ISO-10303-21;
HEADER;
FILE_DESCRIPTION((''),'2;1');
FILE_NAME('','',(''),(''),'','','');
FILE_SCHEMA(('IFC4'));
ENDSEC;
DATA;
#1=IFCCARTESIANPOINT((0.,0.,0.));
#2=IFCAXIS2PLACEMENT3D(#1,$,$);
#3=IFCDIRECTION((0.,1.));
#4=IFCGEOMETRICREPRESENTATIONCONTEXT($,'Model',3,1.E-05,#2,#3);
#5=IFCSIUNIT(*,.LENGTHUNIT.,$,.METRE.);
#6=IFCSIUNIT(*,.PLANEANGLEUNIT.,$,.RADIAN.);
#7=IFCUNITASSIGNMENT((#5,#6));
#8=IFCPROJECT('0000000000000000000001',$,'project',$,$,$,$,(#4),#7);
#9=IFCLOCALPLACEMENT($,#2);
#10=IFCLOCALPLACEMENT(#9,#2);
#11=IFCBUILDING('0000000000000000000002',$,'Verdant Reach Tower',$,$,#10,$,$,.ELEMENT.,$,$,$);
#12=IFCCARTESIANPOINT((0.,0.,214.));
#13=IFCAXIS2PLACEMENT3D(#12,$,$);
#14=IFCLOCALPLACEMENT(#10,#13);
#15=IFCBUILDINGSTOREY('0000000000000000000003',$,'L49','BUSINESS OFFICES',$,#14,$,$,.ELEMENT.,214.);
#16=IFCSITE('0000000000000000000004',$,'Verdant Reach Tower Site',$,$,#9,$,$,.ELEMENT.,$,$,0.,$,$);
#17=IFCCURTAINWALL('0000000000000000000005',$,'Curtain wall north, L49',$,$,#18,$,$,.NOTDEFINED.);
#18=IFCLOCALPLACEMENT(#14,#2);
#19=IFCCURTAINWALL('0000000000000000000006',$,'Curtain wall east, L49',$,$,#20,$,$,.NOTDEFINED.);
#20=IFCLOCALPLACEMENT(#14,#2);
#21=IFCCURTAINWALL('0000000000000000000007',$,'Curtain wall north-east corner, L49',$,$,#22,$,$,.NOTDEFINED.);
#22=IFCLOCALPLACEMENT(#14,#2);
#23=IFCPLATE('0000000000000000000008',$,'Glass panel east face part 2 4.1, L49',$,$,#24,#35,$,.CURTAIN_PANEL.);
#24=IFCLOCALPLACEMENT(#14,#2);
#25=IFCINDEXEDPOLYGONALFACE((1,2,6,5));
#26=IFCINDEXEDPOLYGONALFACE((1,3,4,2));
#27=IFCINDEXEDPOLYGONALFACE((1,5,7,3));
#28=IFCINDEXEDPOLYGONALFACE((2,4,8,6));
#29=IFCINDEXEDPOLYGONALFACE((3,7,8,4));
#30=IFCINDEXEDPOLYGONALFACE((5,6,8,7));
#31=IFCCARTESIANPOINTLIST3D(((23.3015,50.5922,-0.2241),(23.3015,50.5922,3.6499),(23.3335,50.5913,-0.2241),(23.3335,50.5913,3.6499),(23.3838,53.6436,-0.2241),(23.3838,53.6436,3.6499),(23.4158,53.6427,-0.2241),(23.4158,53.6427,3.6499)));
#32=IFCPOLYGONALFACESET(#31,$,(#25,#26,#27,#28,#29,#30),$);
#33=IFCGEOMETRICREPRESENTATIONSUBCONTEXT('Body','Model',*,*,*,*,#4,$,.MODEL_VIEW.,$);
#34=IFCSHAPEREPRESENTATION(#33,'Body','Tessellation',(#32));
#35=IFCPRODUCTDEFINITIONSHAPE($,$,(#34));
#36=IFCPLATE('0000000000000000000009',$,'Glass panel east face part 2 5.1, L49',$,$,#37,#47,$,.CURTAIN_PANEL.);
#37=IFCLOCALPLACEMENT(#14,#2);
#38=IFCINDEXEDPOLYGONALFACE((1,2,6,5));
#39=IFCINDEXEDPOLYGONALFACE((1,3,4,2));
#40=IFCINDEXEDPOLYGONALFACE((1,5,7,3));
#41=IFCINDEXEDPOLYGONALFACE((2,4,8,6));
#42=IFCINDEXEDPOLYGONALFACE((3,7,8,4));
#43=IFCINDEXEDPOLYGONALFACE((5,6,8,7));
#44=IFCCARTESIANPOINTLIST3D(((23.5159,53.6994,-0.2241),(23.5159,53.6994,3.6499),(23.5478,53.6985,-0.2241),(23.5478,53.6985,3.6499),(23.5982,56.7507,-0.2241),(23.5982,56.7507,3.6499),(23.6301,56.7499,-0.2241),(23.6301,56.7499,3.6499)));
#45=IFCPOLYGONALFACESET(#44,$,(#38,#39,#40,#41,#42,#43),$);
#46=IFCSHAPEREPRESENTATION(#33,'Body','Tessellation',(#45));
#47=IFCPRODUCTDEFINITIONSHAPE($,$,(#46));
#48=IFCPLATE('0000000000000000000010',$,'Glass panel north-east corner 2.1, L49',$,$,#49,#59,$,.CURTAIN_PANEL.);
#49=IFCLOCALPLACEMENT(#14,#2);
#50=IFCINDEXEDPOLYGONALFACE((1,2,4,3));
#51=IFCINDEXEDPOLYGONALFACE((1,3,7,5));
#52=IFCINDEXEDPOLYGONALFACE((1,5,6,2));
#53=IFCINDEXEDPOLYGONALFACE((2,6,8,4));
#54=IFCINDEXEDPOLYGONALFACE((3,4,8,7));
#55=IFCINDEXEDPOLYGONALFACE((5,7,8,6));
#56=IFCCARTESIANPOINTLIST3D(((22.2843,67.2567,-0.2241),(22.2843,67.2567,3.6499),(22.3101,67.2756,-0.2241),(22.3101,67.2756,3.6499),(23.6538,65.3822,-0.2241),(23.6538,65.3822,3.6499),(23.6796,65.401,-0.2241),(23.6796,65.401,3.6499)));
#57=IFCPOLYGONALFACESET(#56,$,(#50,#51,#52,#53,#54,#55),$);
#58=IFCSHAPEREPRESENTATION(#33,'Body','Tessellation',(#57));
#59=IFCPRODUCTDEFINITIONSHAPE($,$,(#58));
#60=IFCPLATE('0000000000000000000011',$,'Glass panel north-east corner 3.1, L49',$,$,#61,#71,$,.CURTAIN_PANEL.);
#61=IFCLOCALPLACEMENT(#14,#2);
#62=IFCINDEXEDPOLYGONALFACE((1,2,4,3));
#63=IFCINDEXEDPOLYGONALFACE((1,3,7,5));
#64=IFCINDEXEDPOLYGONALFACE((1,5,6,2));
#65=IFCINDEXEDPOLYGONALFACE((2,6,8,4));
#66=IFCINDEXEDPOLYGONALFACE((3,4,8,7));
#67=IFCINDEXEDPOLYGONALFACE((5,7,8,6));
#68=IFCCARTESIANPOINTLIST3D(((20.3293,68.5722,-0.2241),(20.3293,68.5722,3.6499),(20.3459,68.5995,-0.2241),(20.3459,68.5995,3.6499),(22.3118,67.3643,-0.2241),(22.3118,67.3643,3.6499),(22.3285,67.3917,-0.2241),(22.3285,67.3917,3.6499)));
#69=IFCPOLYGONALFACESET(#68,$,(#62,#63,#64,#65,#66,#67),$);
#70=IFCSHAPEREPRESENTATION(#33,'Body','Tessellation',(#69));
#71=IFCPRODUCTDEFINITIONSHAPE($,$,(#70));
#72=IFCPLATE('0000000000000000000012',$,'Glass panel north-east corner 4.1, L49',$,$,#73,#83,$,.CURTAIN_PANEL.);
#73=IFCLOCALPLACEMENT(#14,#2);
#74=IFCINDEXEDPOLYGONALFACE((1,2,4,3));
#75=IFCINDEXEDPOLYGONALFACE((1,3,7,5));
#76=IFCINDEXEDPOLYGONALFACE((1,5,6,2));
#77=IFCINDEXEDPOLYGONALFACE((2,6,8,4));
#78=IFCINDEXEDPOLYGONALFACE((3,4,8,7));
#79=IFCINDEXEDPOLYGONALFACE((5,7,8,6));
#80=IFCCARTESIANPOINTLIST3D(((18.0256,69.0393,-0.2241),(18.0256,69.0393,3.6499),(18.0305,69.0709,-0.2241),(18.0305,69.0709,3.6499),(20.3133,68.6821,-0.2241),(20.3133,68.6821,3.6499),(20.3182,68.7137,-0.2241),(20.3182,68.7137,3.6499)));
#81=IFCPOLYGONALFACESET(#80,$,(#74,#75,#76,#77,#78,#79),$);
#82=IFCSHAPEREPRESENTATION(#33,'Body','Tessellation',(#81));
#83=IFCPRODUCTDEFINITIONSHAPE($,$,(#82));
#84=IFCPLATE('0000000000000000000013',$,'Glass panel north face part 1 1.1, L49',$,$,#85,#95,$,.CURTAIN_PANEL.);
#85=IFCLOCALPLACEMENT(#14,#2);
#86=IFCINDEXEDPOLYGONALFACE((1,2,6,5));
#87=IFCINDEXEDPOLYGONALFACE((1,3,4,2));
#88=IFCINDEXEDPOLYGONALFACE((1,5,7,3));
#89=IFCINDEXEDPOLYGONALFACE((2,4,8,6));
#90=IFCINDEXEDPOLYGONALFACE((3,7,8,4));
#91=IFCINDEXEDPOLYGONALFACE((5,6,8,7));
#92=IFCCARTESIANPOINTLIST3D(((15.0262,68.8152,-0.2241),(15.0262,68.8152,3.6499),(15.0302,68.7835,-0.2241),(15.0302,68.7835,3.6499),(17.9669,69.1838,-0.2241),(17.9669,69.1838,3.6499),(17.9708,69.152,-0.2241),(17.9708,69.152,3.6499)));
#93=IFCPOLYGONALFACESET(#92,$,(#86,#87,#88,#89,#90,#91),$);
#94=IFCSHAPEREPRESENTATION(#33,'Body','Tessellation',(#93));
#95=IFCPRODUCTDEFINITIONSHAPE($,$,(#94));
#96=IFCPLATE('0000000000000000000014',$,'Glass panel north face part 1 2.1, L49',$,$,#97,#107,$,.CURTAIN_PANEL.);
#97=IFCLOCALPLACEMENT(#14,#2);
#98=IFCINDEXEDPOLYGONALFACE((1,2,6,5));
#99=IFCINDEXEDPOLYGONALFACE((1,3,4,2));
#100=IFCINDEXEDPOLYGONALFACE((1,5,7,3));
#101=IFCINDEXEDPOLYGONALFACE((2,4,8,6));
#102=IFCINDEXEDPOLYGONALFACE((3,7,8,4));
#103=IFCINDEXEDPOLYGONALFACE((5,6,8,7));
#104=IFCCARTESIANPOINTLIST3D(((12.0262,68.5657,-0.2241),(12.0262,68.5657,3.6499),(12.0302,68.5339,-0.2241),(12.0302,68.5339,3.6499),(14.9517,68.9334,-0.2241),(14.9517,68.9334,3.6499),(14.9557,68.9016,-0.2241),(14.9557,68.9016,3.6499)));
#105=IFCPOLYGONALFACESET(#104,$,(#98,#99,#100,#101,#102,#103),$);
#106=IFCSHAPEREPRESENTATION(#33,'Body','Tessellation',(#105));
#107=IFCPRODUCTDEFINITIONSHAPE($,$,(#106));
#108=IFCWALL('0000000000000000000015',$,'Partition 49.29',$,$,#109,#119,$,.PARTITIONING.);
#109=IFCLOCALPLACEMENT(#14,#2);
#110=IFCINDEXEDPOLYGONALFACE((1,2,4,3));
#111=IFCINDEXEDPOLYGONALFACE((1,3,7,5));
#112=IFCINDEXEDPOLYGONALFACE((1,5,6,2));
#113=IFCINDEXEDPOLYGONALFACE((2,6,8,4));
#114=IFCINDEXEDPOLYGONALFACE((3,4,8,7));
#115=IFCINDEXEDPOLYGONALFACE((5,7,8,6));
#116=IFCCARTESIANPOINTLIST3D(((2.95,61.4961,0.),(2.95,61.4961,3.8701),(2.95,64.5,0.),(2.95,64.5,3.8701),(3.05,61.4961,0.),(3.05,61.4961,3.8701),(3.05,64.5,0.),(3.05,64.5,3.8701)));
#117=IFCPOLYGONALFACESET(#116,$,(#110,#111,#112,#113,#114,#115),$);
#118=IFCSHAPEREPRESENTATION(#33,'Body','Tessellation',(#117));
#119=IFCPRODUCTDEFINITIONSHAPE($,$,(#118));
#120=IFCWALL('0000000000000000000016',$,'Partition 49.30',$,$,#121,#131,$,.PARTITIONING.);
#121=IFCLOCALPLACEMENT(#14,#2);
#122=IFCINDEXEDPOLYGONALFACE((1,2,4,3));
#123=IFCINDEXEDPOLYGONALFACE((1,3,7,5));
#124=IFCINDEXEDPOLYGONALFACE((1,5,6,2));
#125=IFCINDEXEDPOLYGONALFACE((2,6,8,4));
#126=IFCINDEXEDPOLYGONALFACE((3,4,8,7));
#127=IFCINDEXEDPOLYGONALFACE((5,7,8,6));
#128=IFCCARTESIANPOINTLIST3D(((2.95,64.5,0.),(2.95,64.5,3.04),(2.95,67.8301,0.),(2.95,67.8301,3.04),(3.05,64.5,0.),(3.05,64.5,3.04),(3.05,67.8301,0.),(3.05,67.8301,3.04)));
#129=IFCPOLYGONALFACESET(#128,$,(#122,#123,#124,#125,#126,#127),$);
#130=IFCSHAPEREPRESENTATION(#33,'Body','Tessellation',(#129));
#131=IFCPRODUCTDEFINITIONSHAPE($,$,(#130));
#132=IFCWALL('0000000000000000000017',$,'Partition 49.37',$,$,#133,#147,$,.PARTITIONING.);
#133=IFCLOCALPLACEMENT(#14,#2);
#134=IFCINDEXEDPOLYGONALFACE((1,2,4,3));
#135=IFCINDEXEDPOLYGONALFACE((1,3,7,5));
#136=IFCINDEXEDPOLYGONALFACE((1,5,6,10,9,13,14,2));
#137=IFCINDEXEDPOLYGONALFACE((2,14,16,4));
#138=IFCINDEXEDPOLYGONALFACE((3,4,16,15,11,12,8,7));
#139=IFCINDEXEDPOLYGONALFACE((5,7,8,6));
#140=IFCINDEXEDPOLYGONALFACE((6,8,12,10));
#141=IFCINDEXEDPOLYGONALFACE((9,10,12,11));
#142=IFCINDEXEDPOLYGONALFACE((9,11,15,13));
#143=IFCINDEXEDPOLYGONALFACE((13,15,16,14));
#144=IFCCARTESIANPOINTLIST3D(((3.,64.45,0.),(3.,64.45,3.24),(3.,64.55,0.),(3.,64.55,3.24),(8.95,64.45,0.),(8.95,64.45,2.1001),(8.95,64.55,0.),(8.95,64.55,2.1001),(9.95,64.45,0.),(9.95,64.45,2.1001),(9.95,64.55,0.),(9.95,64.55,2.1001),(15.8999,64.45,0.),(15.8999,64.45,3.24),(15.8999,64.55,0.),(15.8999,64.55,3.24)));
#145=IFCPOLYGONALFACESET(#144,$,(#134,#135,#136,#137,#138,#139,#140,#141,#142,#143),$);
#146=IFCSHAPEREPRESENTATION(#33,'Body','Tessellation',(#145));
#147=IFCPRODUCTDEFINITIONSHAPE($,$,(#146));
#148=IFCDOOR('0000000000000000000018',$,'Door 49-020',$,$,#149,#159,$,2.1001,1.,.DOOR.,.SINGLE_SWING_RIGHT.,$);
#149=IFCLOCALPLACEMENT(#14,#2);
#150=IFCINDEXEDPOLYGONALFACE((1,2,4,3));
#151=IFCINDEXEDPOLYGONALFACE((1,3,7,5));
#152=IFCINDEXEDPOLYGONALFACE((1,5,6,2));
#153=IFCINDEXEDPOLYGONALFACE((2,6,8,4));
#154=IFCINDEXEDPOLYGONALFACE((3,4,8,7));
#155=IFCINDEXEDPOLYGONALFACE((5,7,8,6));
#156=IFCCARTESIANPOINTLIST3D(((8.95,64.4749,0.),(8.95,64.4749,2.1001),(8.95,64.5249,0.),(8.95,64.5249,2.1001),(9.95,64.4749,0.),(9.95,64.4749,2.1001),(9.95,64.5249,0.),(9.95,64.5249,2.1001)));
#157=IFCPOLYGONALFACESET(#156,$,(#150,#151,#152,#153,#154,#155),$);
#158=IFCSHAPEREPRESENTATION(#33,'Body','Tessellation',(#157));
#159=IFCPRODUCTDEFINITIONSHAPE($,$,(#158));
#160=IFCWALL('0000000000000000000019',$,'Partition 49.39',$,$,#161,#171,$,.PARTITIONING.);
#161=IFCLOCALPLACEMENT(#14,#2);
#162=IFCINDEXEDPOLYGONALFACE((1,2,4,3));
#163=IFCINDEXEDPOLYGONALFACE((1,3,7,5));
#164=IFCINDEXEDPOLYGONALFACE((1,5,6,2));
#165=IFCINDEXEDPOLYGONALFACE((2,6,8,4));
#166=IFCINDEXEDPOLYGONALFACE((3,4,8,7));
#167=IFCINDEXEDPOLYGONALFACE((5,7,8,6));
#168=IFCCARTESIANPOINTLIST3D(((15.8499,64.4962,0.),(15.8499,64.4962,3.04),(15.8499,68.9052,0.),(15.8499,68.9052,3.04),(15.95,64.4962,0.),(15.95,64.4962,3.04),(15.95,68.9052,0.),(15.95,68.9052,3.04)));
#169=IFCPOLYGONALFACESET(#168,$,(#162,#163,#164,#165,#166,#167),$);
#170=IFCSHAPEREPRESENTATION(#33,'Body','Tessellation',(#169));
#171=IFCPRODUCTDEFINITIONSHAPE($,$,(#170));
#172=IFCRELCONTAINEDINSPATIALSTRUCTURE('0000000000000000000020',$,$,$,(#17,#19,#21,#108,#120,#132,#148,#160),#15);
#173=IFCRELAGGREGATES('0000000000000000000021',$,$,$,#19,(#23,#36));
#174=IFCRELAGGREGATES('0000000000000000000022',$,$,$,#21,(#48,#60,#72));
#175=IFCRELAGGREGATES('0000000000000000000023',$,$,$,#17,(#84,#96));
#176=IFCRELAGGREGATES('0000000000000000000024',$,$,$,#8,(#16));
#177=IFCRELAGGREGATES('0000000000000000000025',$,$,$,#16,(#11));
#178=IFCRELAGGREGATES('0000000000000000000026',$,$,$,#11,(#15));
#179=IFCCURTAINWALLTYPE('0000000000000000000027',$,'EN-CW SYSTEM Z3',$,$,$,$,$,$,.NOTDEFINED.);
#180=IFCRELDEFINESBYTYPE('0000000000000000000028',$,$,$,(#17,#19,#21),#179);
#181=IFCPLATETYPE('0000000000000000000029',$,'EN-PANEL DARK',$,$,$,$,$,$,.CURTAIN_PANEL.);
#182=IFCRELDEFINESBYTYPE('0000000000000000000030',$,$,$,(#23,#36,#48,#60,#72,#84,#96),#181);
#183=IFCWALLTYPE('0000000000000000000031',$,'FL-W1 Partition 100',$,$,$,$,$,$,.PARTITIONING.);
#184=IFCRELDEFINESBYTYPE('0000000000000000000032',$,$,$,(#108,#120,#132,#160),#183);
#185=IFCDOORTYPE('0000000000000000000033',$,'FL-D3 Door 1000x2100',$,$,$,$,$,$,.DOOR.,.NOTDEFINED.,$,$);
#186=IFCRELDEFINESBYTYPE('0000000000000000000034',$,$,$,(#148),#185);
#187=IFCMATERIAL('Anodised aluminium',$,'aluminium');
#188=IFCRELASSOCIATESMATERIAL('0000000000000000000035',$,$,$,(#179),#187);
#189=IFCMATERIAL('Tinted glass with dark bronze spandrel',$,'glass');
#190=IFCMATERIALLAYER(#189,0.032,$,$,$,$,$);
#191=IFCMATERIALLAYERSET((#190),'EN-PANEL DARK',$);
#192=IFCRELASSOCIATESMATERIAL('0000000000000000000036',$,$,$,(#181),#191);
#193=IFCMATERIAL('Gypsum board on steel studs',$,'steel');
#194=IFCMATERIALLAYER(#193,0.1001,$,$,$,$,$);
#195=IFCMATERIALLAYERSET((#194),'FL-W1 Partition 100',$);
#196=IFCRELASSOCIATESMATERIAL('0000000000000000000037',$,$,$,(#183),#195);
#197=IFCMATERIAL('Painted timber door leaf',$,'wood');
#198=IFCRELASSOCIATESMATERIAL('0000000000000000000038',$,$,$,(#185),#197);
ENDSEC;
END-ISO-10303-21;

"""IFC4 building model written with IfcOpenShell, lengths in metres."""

from ifc_helpers import new_model, si_unit, direction, frame, frame_2d, origin, origin_2d, place, context, subcontext, project, spatial, rectangle, extrude, material, layer, layer_set, type_object, element, fill, aggregate, save


model = new_model("IFC4")

# Units and contexts
model_context = context("Model", 3, precision=1e-05, world=origin(), true_north=direction((0.0, 1.0)))
body_context = subcontext(model_context, "Body", "Model", "MODEL_VIEW")
ifc_project = project(units=[si_unit("LENGTHUNIT", "METRE"), si_unit("PLANEANGLEUNIT", "RADIAN")], contexts=[model_context])

# Site, building, storey
site_placement = place(None, origin())
site = spatial("IfcSite", under=ifc_project, at=site_placement, Name="Verdant Reach Tower Site", CompositionType="ELEMENT", RefElevation=0.0)
building_placement = place(site_placement, origin())
building = spatial("IfcBuilding", under=site, at=building_placement, Name="Verdant Reach Tower", CompositionType="ELEMENT")
storey_placement = place(building_placement, frame((0.0, 0.0, 214.0)))
storey = spatial("IfcBuildingStorey", under=building, at=storey_placement, Name="L49", Description="BUSINESS OFFICES", CompositionType="ELEMENT", Elevation=214.0)

# Curtain wall
ifc_material_1 = material(Name="Anodised aluminium", Category="aluminium")
curtain_wall_type = type_object("IfcCurtainWallType", Name="EN-CW SYSTEM Z3", PredefinedType="NOTDEFINED", material=ifc_material_1)
curtain_wall_1_placement = place(storey_placement, origin())
curtain_wall_1 = element("IfcCurtainWall", 1, at=curtain_wall_1_placement, inside=storey, type_object=curtain_wall_type, Name="Curtain wall north, L49", PredefinedType="NOTDEFINED")

# Curtain wall
curtain_wall_2_placement = place(storey_placement, origin())
curtain_wall_2 = element("IfcCurtainWall", 2, at=curtain_wall_2_placement, inside=storey, type_object=curtain_wall_type, Name="Curtain wall east, L49", PredefinedType="NOTDEFINED")

# Curtain wall
curtain_wall_3_placement = place(storey_placement, origin())
curtain_wall_3 = element("IfcCurtainWall", 3, at=curtain_wall_3_placement, inside=storey, type_object=curtain_wall_type, Name="Curtain wall north-east corner, L49", PredefinedType="NOTDEFINED")

# Plates
ifc_material_2 = material(Name="Tinted glass with dark bronze spandrel", Category="glass")
ifc_layer_1 = layer(ifc_material_2, 0.032)
ifc_layer_set_1 = layer_set([ifc_layer_1], Name="EN-PANEL DARK")
plate_type_1 = type_object("IfcPlateType", Name="EN-PANEL DARK", PredefinedType="CURTAIN_PANEL", material=ifc_layer_set_1)
plate_1_placement = place(storey_placement, frame((23.3586, 52.1174, -0.2241), z_axis=(0.0, 0.0, 1.0), x_axis=(0.026965, 0.999636, 0.0)))
plate_1 = element("IfcPlate", 4, at=plate_1_placement, type_object=plate_type_1, Name="Glass panel east face part 2 4.1, L49", PredefinedType="CURTAIN_PANEL", context=body_context, shape_type="SweptSolid", body=[
    extrude(rectangle(XDim=3.0525, YDim=0.032, at=origin_2d()), origin(), (0.0, 0.0, 1.0), 3.874),
])
plate_2_placement = place(storey_placement, frame((23.573, 55.2246, -0.2241), z_axis=(0.0, 0.0, 1.0), x_axis=(0.026965, 0.999636, 0.0)))
plate_2 = element("IfcPlate", 5, at=plate_2_placement, type_object=plate_type_1, Name="Glass panel east face part 2 5.1, L49", PredefinedType="CURTAIN_PANEL", context=body_context, shape_type="SweptSolid", body=[
    extrude(rectangle(XDim=3.0525, YDim=0.032, at=origin_2d()), origin(), (0.0, 0.0, 1.0), 3.874),
])
aggregate(curtain_wall_2, [plate_1, plate_2])
plate_3_placement = place(storey_placement, frame((22.9819, 66.3289, -0.2241), z_axis=(0.0, 0.0, 1.0), x_axis=(-0.589927, 0.807457, 0.0)))
plate_3 = element("IfcPlate", 6, at=plate_3_placement, type_object=plate_type_1, Name="Glass panel north-east corner 2.1, L49", PredefinedType="CURTAIN_PANEL", context=body_context, shape_type="SweptSolid", body=[
    extrude(rectangle(XDim=2.3215, YDim=0.032, at=origin_2d()), origin(), (0.0, 0.0, 1.0), 3.874),
])
plate_4_placement = place(storey_placement, frame((21.3289, 67.9819, -0.2241), z_axis=(0.0, 0.0, 1.0), x_axis=(-0.853989, 0.520292, 0.0)))
plate_4 = element("IfcPlate", 7, at=plate_4_placement, type_object=plate_type_1, Name="Glass panel north-east corner 3.1, L49", PredefinedType="CURTAIN_PANEL", context=body_context, shape_type="SweptSolid", body=[
    extrude(rectangle(XDim=2.3215, YDim=0.032, at=origin_2d()), origin(), (0.0, 0.0, 1.0), 3.874),
])
plate_5_placement = place(storey_placement, frame((19.1719, 68.8765, -0.2241), z_axis=(0.0, 0.0, 1.0), x_axis=(-0.988029, 0.154268, 0.0)))
plate_5 = element("IfcPlate", 8, at=plate_5_placement, type_object=plate_type_1, Name="Glass panel north-east corner 4.1, L49", PredefinedType="CURTAIN_PANEL", context=body_context, shape_type="SweptSolid", body=[
    extrude(rectangle(XDim=2.3154, YDim=0.032, at=origin_2d()), origin(), (0.0, 0.0, 1.0), 3.874),
])
aggregate(curtain_wall_3, [plate_3, plate_4, plate_5])
plate_6_placement = place(storey_placement, frame((16.4985, 68.9836, -0.2241), z_axis=(0.0, 0.0, 1.0), x_axis=(-0.992238, -0.124355, 0.0)))
plate_6 = element("IfcPlate", 9, at=plate_6_placement, type_object=plate_type_1, Name="Glass panel north face part 1 1.1, L49", PredefinedType="CURTAIN_PANEL", context=body_context, shape_type="SweptSolid", body=[
    extrude(rectangle(XDim=2.9636, YDim=0.032, at=origin_2d()), origin(), (0.0, 0.0, 1.0), 3.874),
])
plate_7_placement = place(storey_placement, frame((13.491, 68.7336, -0.2241), z_axis=(0.0, 0.0, 1.0), x_axis=(-0.992194, -0.124704, 0.0)))
plate_7 = element("IfcPlate", 10, at=plate_7_placement, type_object=plate_type_1, Name="Glass panel north face part 1 2.1, L49", PredefinedType="CURTAIN_PANEL", context=body_context, shape_type="SweptSolid", body=[
    extrude(rectangle(XDim=2.9485, YDim=0.032, at=origin_2d()), origin(), (0.0, 0.0, 1.0), 3.874),
])
aggregate(curtain_wall_1, [plate_6, plate_7])

# Walls
ifc_material_3 = material(Name="Gypsum board on steel studs", Category="steel")
ifc_layer_2 = layer(ifc_material_3, 0.1001)
ifc_layer_set_2 = layer_set([ifc_layer_2], Name="FL-W1 Partition 100")
wall_type = type_object("IfcWallType", Name="FL-W1 Partition 100", PredefinedType="PARTITIONING", material=ifc_layer_set_2)
wall_1_placement = place(storey_placement, frame((3.0, 61.4961, 0.0), z_axis=(0.0, 0.0, 1.0), x_axis=(0.0, 1.0, 0.0)))
element("IfcWall", 11, at=wall_1_placement, inside=storey, type_object=wall_type, Name="Partition 49.29", PredefinedType="PARTITIONING", context=body_context, shape_type="SweptSolid", body=[
    extrude(rectangle(XDim=3.0039, YDim=0.1001, at=frame_2d((1.502, 0.0))), origin(), (0.0, 0.0, 1.0), 3.8701),
])
wall_2_placement = place(storey_placement, frame((3.0, 64.5, 0.0), z_axis=(0.0, 0.0, 1.0), x_axis=(0.0, 1.0, 0.0)))
element("IfcWall", 12, at=wall_2_placement, inside=storey, type_object=wall_type, Name="Partition 49.30", PredefinedType="PARTITIONING", context=body_context, shape_type="SweptSolid", body=[
    extrude(rectangle(XDim=3.3301, YDim=0.1001, at=frame_2d((1.665, 0.0))), origin(), (0.0, 0.0, 1.0), 3.04),
])

# Wall, opening, door
wall_3_placement = place(storey_placement, frame((3.0, 64.5, 0.0), z_axis=(0.0, 0.0, 1.0), x_axis=(1.0, 0.0, 0.0)))
wall_3 = element("IfcWall", 13, at=wall_3_placement, inside=storey, type_object=wall_type, Name="Partition 49.37", PredefinedType="PARTITIONING", context=body_context, shape_type="SweptSolid", body=[
    extrude(rectangle(XDim=12.8999, YDim=0.1001, at=frame_2d((6.45, 0.0))), origin(), (0.0, 0.0, 1.0), 3.24),
])
opening_placement = place(wall_3_placement, frame((5.95, 0.0, 0.0)))
opening = element("IfcOpeningElement", 14, at=opening_placement, cuts=wall_3, PredefinedType="OPENING", context=body_context, shape_type="SweptSolid", body=[
    extrude(rectangle(XDim=1.0, YDim=2.1001, at=frame_2d((0.5, 1.05))), frame((0.0, 0.0601, 0.0), z_axis=(0.0, -1.0, 0.0), x_axis=(1.0, 0.0, 0.0)), (0.0, 0.0, 1.0), 0.1201),
])
ifc_material_4 = material(Name="Painted timber door leaf", Category="wood")
door_type = type_object("IfcDoorType", Name="FL-D3 Door 1000x2100", OperationType="NOTDEFINED", PredefinedType="DOOR", material=ifc_material_4)
door_placement = place(opening_placement, origin())
door = element("IfcDoor", 15, at=door_placement, inside=storey, type_object=door_type, Name="Door 49-020", OperationType="SINGLE_SWING_RIGHT", OverallHeight=2.1001, OverallWidth=1.0, PredefinedType="DOOR", context=body_context, shape_type="SweptSolid", body=[
    extrude(rectangle(XDim=1.0, YDim=2.1001, at=frame_2d((0.5, 1.05))), frame((0.0, 0.0249, 0.0), z_axis=(0.0, -1.0, 0.0), x_axis=(1.0, 0.0, 0.0)), (0.0, 0.0, 1.0), 0.05),
])
fill(opening, door)

# Wall
wall_4_placement = place(storey_placement, frame((15.8999, 64.4961, 0.0), z_axis=(0.0, 0.0, 1.0), x_axis=(0.0, 1.0, 0.0)))
element("IfcWall", 16, at=wall_4_placement, inside=storey, type_object=wall_type, Name="Partition 49.39", PredefinedType="PARTITIONING", context=body_context, shape_type="SweptSolid", body=[
    extrude(rectangle(XDim=4.4089, YDim=0.1001, at=frame_2d((2.2046, 0.0))), origin(), (0.0, 0.0, 1.0), 3.04),
])

save(model, "model.ifc")
